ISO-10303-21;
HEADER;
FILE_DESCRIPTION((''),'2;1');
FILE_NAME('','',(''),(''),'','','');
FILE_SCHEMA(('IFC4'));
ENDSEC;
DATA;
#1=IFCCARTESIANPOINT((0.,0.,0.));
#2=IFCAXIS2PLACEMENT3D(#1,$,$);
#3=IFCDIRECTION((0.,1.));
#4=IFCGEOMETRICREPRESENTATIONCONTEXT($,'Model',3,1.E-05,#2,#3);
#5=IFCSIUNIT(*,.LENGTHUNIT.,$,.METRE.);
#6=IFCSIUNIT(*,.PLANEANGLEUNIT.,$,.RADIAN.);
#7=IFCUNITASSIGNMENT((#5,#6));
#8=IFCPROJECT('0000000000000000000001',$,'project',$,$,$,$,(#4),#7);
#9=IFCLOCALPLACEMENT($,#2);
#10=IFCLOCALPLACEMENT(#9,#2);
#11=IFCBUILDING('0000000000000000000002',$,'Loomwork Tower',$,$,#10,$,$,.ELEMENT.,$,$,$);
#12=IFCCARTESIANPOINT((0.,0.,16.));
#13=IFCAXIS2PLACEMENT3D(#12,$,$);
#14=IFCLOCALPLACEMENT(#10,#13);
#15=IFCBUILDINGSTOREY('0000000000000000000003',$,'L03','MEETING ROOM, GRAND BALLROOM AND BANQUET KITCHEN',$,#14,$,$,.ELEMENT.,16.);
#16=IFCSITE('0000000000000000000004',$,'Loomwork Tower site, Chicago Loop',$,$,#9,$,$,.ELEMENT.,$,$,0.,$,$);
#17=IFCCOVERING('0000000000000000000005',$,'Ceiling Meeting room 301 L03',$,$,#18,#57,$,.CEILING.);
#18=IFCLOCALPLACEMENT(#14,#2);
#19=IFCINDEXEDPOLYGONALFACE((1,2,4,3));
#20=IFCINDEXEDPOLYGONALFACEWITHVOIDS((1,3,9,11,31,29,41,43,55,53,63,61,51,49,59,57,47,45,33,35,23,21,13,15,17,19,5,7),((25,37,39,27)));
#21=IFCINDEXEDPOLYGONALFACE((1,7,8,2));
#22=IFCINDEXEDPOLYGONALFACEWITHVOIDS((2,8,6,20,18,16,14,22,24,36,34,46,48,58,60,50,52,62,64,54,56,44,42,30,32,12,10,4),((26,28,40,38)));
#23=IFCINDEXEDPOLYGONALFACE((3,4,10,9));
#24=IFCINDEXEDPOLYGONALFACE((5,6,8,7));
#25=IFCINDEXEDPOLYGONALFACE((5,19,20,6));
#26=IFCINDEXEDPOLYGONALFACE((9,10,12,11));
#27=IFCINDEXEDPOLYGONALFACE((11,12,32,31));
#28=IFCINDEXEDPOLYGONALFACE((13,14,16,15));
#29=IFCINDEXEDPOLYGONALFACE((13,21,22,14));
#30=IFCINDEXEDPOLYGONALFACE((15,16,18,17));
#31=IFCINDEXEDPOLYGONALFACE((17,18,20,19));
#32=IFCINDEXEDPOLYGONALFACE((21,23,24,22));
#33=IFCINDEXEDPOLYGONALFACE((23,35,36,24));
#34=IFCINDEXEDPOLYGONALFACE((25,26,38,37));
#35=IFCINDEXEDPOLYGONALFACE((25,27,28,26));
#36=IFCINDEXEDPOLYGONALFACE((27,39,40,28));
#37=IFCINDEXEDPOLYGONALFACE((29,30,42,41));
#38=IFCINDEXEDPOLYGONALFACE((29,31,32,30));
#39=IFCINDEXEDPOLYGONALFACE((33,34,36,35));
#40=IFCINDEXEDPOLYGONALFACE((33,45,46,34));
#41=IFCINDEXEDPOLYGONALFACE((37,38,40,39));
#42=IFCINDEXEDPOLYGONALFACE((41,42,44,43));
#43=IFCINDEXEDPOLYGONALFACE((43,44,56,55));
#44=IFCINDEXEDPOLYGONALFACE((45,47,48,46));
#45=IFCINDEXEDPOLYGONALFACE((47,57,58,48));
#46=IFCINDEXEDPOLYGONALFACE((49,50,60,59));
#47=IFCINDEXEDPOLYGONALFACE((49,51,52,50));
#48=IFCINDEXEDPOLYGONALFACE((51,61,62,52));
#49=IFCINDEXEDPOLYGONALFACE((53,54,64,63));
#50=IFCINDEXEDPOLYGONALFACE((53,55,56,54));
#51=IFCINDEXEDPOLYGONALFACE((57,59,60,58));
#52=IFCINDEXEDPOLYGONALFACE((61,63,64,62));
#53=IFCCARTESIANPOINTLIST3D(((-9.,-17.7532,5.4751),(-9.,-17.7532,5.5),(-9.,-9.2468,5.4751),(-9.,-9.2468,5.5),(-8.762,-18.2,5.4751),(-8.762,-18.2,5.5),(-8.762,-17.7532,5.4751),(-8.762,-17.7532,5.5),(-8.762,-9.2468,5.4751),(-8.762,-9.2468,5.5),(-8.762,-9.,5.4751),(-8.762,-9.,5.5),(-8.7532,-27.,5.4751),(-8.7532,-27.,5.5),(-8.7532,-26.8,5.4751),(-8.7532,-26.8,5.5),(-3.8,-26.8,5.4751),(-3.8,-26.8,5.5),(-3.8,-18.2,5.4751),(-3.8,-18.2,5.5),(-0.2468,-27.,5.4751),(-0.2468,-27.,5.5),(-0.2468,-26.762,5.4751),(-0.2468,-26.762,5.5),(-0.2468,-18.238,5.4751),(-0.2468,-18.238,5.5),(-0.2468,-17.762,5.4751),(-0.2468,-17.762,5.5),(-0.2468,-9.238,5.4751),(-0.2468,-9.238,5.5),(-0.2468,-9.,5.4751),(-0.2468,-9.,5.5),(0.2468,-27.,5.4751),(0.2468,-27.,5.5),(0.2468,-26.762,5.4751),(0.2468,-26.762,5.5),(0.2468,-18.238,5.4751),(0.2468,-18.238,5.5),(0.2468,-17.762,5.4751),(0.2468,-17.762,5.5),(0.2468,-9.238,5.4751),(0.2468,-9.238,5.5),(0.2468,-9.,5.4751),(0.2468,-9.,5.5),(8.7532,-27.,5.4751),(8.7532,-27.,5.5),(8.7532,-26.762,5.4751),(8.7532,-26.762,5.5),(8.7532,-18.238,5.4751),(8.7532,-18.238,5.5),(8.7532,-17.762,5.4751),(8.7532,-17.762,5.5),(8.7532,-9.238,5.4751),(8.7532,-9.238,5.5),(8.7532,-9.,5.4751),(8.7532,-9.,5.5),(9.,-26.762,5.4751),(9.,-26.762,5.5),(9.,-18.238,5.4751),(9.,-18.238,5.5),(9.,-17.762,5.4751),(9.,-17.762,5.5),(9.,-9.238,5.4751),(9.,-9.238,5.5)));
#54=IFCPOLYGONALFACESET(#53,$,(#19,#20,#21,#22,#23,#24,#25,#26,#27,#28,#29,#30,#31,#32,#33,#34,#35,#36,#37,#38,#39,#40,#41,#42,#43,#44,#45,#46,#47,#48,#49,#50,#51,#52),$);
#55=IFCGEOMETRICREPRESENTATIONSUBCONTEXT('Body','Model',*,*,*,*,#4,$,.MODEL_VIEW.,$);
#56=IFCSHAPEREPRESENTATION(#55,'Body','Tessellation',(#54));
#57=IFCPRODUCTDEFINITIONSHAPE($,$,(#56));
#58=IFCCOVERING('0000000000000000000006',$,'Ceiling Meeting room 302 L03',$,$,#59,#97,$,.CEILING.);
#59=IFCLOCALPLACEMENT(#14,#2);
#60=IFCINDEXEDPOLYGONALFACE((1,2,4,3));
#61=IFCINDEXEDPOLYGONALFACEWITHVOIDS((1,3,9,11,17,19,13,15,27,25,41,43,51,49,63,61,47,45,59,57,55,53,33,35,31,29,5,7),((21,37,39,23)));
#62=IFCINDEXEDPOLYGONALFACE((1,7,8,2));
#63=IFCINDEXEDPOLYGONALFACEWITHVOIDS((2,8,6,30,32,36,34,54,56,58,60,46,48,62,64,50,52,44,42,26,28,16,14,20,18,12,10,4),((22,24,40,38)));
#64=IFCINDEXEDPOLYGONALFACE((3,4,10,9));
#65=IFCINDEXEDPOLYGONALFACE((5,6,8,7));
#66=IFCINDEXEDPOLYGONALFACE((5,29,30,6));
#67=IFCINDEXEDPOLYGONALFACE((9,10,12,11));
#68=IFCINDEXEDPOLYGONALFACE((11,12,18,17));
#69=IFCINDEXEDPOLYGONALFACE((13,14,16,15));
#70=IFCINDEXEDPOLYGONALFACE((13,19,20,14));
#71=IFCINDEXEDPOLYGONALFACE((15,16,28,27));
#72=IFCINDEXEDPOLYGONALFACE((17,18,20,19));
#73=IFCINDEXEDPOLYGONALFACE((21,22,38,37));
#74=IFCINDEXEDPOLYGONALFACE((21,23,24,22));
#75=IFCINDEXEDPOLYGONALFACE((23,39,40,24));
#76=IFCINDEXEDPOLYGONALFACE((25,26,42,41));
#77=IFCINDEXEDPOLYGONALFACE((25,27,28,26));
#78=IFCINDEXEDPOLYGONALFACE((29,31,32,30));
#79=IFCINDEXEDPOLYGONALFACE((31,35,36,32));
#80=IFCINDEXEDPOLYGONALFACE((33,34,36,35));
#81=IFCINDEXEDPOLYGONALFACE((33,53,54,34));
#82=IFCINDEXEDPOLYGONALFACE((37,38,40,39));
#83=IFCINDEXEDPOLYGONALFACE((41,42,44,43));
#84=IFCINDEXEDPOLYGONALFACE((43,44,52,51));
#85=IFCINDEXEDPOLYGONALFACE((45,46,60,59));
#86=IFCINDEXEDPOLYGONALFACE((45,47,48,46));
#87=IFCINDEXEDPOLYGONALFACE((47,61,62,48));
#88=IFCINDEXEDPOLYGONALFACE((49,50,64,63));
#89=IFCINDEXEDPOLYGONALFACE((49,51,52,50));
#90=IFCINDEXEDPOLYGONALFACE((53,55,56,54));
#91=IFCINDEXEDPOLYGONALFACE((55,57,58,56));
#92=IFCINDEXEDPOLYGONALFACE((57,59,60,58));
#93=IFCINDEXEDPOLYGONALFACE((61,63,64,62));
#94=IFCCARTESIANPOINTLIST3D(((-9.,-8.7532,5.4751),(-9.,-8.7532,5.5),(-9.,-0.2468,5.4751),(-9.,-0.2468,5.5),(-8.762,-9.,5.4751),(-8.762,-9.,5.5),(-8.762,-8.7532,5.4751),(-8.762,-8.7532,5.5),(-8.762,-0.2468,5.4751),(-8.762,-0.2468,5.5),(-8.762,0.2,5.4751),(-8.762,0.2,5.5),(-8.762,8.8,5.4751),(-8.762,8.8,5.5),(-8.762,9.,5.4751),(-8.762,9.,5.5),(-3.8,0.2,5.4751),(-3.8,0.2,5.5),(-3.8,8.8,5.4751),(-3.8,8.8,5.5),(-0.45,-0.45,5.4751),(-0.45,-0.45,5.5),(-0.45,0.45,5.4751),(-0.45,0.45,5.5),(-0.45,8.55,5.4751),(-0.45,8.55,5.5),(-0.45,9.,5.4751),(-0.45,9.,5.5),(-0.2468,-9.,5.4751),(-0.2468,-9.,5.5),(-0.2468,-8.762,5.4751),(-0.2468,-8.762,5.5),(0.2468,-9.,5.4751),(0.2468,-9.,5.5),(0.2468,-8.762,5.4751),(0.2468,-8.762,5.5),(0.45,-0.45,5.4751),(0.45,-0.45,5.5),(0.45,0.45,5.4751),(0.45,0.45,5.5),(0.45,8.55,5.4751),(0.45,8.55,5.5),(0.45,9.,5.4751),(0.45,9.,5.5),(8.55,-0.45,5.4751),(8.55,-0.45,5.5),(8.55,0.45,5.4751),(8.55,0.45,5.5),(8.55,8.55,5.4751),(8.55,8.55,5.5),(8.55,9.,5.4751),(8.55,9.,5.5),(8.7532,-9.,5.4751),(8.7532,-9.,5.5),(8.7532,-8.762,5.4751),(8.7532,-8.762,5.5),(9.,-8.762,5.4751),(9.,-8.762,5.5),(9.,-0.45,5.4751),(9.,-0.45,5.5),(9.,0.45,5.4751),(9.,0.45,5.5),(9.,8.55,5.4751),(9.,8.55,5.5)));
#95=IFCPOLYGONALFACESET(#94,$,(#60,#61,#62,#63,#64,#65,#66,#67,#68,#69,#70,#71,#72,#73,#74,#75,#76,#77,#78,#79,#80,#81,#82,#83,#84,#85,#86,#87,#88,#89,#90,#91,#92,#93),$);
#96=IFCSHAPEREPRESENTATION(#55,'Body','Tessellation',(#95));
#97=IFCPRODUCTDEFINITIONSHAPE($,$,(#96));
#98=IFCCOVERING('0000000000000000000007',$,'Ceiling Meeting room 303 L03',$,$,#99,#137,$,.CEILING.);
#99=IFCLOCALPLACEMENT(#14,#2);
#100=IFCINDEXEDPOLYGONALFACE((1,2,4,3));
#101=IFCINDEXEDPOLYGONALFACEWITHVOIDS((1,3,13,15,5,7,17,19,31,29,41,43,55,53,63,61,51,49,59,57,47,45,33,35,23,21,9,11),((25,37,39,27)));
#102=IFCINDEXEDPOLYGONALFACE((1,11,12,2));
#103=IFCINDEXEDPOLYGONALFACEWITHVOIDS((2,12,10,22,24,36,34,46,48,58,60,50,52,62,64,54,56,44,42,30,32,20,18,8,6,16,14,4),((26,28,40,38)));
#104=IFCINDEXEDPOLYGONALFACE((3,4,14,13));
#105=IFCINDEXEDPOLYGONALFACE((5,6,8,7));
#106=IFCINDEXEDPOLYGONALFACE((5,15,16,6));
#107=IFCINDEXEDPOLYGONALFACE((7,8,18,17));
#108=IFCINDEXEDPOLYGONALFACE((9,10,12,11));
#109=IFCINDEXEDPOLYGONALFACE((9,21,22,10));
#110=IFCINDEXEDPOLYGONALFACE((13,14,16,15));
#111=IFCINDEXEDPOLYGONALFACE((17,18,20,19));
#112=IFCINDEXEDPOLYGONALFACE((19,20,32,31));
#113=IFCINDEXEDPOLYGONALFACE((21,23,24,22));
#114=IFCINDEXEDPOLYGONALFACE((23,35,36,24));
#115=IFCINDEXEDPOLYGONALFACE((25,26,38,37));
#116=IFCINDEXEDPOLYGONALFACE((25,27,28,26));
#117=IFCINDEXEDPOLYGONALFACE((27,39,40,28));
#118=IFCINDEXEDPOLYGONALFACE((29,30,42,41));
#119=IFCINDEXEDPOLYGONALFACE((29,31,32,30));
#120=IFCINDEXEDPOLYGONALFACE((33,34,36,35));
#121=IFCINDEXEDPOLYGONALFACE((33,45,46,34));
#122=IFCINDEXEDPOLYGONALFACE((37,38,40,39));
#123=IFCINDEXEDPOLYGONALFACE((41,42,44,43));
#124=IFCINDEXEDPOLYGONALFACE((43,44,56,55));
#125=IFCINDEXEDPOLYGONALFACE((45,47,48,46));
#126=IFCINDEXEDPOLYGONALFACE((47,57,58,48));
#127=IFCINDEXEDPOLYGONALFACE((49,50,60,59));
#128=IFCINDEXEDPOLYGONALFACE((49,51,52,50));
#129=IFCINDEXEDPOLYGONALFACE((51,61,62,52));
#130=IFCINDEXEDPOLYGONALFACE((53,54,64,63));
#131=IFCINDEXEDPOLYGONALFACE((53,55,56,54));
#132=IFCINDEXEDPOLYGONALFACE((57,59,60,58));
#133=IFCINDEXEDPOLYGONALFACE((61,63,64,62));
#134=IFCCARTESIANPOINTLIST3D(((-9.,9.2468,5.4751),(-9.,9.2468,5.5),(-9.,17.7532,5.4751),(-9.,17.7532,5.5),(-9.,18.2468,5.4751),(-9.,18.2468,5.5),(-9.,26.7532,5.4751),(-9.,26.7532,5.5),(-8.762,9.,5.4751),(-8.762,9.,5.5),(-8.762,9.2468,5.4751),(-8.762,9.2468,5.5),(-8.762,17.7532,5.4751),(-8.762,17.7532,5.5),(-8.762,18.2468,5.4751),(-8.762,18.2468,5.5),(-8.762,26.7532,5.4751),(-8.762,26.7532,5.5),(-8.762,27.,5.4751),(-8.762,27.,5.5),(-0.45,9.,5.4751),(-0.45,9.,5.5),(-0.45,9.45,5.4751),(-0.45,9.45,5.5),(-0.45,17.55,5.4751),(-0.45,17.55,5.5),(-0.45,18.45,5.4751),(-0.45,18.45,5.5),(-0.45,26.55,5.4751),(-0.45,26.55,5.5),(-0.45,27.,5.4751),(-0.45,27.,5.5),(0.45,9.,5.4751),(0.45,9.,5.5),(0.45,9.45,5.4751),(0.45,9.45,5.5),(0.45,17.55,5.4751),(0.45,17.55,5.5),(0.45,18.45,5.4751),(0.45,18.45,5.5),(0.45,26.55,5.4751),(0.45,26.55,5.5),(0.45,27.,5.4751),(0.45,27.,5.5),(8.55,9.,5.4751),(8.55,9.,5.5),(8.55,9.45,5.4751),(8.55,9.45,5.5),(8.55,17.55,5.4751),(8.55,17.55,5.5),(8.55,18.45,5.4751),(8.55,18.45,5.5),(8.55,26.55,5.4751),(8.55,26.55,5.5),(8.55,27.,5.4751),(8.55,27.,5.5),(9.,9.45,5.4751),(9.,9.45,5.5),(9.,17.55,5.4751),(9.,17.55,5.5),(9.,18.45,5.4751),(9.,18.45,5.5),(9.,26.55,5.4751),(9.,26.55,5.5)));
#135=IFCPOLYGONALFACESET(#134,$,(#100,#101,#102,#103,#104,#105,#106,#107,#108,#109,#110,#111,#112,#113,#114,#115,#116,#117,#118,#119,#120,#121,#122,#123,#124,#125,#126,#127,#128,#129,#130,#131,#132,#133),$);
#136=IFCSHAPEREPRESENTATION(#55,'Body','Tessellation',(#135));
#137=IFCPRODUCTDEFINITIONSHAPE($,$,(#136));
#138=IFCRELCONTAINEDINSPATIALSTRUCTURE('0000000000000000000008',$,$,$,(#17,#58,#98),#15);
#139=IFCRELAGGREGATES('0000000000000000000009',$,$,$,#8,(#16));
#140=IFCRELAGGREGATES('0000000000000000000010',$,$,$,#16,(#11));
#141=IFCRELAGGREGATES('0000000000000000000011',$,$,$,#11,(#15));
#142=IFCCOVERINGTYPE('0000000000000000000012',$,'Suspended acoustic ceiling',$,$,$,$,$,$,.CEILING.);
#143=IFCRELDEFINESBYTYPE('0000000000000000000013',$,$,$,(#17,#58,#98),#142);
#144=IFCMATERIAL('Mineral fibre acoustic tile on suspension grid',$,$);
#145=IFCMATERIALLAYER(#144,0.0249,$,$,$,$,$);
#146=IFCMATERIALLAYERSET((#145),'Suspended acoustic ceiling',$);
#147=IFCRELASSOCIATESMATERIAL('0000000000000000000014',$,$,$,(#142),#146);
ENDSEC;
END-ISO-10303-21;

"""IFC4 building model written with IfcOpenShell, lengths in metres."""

from ifc_helpers import new_model, si_unit, direction, frame, origin, place, context, subcontext, project, spatial, polyline, outline, extrude, material, layer, layer_set, type_object, element, save


model = new_model("IFC4")

# Units and contexts
model_context = context("Model", 3, precision=1e-05, world=origin(), true_north=direction((0.0, 1.0)))
body_context = subcontext(model_context, "Body", "Model", "MODEL_VIEW")
ifc_project = project(units=[si_unit("LENGTHUNIT", "METRE"), si_unit("PLANEANGLEUNIT", "RADIAN")], contexts=[model_context])

# Site, building, storey
site_placement = place(None, origin())
site = spatial("IfcSite", under=ifc_project, at=site_placement, Name="Loomwork Tower site, Chicago Loop", CompositionType="ELEMENT", RefElevation=0.0)
building_placement = place(site_placement, origin())
building = spatial("IfcBuilding", under=site, at=building_placement, Name="Loomwork Tower", CompositionType="ELEMENT")
storey_placement = place(building_placement, frame((0.0, 0.0, 16.0)))
storey = spatial("IfcBuildingStorey", under=building, at=storey_placement, Name="L03", Description="MEETING ROOM, GRAND BALLROOM AND BANQUET KITCHEN", CompositionType="ELEMENT", Elevation=16.0)

# Coverings
ifc_material_1 = material(Name="Mineral fibre acoustic tile on suspension grid")
ifc_layer_1 = layer(ifc_material_1, 0.0249)
ifc_layer_set_1 = layer_set([ifc_layer_1], Name="Suspended acoustic ceiling")
covering_type_1 = type_object("IfcCoveringType", Name="Suspended acoustic ceiling", PredefinedType="CEILING", material=ifc_layer_set_1)
covering_1_placement = place(storey_placement, frame((0.0, 0.0, 5.4751)))
element("IfcCovering", 1, at=covering_1_placement, inside=storey, type_object=covering_type_1, Name="Ceiling Meeting room 301 L03", PredefinedType="CEILING", context=body_context, shape_type="SweptSolid", body=[
    extrude(outline(polyline([(-3.8, -26.8), (-3.8, -18.2), (-8.762, -18.2), (-8.762, -17.7532), (-9.0, -17.7532), (-9.0, -9.2468), (-8.762, -9.2468), (-8.762, -9.0), (-0.2468, -9.0), (-0.2468, -9.238), (0.2468, -9.238), (0.2468, -9.0), (8.7532, -9.0), (8.7532, -9.238), (9.0, -9.238), (9.0, -17.762), (8.7532, -17.762), (8.7532, -18.238), (9.0, -18.238), (9.0, -26.762), (8.7532, -26.762), (8.7532, -27.0), (0.2468, -27.0), (0.2468, -26.762), (-0.2468, -26.762), (-0.2468, -27.0), (-8.7532, -27.0), (-8.7532, -26.8), (-3.8, -26.8)]), holes=[polyline([(-0.2468, -18.238), (0.2468, -18.238), (0.2468, -17.762), (-0.2468, -17.762), (-0.2468, -18.238)])]), origin(), (0.0, 0.0, 1.0), 0.0249),
])
covering_2_placement = place(storey_placement, frame((0.0, 0.0, 5.4751)))
element("IfcCovering", 2, at=covering_2_placement, inside=storey, type_object=covering_type_1, Name="Ceiling Meeting room 302 L03", PredefinedType="CEILING", context=body_context, shape_type="SweptSolid", body=[
    extrude(outline(polyline([(-3.8, 0.2), (-3.8, 8.8), (-8.762, 8.8), (-8.762, 9.0), (-0.45, 9.0), (-0.45, 8.55), (0.45, 8.55), (0.45, 9.0), (8.55, 9.0), (8.55, 8.55), (9.0, 8.55), (9.0, 0.45), (8.55, 0.45), (8.55, -0.45), (9.0, -0.45), (9.0, -8.762), (8.7532, -8.762), (8.7532, -9.0), (0.2468, -9.0), (0.2468, -8.762), (-0.2468, -8.762), (-0.2468, -9.0), (-8.762, -9.0), (-8.762, -8.7532), (-9.0, -8.7532), (-9.0, -0.2468), (-8.762, -0.2468), (-8.762, 0.2), (-3.8, 0.2)]), holes=[polyline([(-0.45, 0.45), (-0.45, -0.45), (0.45, -0.45), (0.45, 0.45), (-0.45, 0.45)])]), origin(), (0.0, 0.0, 1.0), 0.0249),
])
covering_3_placement = place(storey_placement, frame((0.0, 0.0, 5.4751)))
element("IfcCovering", 3, at=covering_3_placement, inside=storey, type_object=covering_type_1, Name="Ceiling Meeting room 303 L03", PredefinedType="CEILING", context=body_context, shape_type="SweptSolid", body=[
    extrude(outline(polyline([(-0.45, 27.0), (-0.45, 26.55), (0.45, 26.55), (0.45, 27.0), (8.55, 27.0), (8.55, 26.55), (9.0, 26.55), (9.0, 18.45), (8.55, 18.45), (8.55, 17.55), (9.0, 17.55), (9.0, 9.45), (8.55, 9.45), (8.55, 9.0), (0.45, 9.0), (0.45, 9.45), (-0.45, 9.45), (-0.45, 9.0), (-8.762, 9.0), (-8.762, 9.2468), (-9.0, 9.2468), (-9.0, 17.7532), (-8.762, 17.7532), (-8.762, 18.2468), (-9.0, 18.2468), (-9.0, 26.7532), (-8.762, 26.7532), (-8.762, 27.0), (-0.45, 27.0)]), holes=[polyline([(-0.45, 17.55), (0.45, 17.55), (0.45, 18.45), (-0.45, 18.45), (-0.45, 17.55)])]), origin(), (0.0, 0.0, 1.0), 0.0249),
])

save(model, "model.ifc")
